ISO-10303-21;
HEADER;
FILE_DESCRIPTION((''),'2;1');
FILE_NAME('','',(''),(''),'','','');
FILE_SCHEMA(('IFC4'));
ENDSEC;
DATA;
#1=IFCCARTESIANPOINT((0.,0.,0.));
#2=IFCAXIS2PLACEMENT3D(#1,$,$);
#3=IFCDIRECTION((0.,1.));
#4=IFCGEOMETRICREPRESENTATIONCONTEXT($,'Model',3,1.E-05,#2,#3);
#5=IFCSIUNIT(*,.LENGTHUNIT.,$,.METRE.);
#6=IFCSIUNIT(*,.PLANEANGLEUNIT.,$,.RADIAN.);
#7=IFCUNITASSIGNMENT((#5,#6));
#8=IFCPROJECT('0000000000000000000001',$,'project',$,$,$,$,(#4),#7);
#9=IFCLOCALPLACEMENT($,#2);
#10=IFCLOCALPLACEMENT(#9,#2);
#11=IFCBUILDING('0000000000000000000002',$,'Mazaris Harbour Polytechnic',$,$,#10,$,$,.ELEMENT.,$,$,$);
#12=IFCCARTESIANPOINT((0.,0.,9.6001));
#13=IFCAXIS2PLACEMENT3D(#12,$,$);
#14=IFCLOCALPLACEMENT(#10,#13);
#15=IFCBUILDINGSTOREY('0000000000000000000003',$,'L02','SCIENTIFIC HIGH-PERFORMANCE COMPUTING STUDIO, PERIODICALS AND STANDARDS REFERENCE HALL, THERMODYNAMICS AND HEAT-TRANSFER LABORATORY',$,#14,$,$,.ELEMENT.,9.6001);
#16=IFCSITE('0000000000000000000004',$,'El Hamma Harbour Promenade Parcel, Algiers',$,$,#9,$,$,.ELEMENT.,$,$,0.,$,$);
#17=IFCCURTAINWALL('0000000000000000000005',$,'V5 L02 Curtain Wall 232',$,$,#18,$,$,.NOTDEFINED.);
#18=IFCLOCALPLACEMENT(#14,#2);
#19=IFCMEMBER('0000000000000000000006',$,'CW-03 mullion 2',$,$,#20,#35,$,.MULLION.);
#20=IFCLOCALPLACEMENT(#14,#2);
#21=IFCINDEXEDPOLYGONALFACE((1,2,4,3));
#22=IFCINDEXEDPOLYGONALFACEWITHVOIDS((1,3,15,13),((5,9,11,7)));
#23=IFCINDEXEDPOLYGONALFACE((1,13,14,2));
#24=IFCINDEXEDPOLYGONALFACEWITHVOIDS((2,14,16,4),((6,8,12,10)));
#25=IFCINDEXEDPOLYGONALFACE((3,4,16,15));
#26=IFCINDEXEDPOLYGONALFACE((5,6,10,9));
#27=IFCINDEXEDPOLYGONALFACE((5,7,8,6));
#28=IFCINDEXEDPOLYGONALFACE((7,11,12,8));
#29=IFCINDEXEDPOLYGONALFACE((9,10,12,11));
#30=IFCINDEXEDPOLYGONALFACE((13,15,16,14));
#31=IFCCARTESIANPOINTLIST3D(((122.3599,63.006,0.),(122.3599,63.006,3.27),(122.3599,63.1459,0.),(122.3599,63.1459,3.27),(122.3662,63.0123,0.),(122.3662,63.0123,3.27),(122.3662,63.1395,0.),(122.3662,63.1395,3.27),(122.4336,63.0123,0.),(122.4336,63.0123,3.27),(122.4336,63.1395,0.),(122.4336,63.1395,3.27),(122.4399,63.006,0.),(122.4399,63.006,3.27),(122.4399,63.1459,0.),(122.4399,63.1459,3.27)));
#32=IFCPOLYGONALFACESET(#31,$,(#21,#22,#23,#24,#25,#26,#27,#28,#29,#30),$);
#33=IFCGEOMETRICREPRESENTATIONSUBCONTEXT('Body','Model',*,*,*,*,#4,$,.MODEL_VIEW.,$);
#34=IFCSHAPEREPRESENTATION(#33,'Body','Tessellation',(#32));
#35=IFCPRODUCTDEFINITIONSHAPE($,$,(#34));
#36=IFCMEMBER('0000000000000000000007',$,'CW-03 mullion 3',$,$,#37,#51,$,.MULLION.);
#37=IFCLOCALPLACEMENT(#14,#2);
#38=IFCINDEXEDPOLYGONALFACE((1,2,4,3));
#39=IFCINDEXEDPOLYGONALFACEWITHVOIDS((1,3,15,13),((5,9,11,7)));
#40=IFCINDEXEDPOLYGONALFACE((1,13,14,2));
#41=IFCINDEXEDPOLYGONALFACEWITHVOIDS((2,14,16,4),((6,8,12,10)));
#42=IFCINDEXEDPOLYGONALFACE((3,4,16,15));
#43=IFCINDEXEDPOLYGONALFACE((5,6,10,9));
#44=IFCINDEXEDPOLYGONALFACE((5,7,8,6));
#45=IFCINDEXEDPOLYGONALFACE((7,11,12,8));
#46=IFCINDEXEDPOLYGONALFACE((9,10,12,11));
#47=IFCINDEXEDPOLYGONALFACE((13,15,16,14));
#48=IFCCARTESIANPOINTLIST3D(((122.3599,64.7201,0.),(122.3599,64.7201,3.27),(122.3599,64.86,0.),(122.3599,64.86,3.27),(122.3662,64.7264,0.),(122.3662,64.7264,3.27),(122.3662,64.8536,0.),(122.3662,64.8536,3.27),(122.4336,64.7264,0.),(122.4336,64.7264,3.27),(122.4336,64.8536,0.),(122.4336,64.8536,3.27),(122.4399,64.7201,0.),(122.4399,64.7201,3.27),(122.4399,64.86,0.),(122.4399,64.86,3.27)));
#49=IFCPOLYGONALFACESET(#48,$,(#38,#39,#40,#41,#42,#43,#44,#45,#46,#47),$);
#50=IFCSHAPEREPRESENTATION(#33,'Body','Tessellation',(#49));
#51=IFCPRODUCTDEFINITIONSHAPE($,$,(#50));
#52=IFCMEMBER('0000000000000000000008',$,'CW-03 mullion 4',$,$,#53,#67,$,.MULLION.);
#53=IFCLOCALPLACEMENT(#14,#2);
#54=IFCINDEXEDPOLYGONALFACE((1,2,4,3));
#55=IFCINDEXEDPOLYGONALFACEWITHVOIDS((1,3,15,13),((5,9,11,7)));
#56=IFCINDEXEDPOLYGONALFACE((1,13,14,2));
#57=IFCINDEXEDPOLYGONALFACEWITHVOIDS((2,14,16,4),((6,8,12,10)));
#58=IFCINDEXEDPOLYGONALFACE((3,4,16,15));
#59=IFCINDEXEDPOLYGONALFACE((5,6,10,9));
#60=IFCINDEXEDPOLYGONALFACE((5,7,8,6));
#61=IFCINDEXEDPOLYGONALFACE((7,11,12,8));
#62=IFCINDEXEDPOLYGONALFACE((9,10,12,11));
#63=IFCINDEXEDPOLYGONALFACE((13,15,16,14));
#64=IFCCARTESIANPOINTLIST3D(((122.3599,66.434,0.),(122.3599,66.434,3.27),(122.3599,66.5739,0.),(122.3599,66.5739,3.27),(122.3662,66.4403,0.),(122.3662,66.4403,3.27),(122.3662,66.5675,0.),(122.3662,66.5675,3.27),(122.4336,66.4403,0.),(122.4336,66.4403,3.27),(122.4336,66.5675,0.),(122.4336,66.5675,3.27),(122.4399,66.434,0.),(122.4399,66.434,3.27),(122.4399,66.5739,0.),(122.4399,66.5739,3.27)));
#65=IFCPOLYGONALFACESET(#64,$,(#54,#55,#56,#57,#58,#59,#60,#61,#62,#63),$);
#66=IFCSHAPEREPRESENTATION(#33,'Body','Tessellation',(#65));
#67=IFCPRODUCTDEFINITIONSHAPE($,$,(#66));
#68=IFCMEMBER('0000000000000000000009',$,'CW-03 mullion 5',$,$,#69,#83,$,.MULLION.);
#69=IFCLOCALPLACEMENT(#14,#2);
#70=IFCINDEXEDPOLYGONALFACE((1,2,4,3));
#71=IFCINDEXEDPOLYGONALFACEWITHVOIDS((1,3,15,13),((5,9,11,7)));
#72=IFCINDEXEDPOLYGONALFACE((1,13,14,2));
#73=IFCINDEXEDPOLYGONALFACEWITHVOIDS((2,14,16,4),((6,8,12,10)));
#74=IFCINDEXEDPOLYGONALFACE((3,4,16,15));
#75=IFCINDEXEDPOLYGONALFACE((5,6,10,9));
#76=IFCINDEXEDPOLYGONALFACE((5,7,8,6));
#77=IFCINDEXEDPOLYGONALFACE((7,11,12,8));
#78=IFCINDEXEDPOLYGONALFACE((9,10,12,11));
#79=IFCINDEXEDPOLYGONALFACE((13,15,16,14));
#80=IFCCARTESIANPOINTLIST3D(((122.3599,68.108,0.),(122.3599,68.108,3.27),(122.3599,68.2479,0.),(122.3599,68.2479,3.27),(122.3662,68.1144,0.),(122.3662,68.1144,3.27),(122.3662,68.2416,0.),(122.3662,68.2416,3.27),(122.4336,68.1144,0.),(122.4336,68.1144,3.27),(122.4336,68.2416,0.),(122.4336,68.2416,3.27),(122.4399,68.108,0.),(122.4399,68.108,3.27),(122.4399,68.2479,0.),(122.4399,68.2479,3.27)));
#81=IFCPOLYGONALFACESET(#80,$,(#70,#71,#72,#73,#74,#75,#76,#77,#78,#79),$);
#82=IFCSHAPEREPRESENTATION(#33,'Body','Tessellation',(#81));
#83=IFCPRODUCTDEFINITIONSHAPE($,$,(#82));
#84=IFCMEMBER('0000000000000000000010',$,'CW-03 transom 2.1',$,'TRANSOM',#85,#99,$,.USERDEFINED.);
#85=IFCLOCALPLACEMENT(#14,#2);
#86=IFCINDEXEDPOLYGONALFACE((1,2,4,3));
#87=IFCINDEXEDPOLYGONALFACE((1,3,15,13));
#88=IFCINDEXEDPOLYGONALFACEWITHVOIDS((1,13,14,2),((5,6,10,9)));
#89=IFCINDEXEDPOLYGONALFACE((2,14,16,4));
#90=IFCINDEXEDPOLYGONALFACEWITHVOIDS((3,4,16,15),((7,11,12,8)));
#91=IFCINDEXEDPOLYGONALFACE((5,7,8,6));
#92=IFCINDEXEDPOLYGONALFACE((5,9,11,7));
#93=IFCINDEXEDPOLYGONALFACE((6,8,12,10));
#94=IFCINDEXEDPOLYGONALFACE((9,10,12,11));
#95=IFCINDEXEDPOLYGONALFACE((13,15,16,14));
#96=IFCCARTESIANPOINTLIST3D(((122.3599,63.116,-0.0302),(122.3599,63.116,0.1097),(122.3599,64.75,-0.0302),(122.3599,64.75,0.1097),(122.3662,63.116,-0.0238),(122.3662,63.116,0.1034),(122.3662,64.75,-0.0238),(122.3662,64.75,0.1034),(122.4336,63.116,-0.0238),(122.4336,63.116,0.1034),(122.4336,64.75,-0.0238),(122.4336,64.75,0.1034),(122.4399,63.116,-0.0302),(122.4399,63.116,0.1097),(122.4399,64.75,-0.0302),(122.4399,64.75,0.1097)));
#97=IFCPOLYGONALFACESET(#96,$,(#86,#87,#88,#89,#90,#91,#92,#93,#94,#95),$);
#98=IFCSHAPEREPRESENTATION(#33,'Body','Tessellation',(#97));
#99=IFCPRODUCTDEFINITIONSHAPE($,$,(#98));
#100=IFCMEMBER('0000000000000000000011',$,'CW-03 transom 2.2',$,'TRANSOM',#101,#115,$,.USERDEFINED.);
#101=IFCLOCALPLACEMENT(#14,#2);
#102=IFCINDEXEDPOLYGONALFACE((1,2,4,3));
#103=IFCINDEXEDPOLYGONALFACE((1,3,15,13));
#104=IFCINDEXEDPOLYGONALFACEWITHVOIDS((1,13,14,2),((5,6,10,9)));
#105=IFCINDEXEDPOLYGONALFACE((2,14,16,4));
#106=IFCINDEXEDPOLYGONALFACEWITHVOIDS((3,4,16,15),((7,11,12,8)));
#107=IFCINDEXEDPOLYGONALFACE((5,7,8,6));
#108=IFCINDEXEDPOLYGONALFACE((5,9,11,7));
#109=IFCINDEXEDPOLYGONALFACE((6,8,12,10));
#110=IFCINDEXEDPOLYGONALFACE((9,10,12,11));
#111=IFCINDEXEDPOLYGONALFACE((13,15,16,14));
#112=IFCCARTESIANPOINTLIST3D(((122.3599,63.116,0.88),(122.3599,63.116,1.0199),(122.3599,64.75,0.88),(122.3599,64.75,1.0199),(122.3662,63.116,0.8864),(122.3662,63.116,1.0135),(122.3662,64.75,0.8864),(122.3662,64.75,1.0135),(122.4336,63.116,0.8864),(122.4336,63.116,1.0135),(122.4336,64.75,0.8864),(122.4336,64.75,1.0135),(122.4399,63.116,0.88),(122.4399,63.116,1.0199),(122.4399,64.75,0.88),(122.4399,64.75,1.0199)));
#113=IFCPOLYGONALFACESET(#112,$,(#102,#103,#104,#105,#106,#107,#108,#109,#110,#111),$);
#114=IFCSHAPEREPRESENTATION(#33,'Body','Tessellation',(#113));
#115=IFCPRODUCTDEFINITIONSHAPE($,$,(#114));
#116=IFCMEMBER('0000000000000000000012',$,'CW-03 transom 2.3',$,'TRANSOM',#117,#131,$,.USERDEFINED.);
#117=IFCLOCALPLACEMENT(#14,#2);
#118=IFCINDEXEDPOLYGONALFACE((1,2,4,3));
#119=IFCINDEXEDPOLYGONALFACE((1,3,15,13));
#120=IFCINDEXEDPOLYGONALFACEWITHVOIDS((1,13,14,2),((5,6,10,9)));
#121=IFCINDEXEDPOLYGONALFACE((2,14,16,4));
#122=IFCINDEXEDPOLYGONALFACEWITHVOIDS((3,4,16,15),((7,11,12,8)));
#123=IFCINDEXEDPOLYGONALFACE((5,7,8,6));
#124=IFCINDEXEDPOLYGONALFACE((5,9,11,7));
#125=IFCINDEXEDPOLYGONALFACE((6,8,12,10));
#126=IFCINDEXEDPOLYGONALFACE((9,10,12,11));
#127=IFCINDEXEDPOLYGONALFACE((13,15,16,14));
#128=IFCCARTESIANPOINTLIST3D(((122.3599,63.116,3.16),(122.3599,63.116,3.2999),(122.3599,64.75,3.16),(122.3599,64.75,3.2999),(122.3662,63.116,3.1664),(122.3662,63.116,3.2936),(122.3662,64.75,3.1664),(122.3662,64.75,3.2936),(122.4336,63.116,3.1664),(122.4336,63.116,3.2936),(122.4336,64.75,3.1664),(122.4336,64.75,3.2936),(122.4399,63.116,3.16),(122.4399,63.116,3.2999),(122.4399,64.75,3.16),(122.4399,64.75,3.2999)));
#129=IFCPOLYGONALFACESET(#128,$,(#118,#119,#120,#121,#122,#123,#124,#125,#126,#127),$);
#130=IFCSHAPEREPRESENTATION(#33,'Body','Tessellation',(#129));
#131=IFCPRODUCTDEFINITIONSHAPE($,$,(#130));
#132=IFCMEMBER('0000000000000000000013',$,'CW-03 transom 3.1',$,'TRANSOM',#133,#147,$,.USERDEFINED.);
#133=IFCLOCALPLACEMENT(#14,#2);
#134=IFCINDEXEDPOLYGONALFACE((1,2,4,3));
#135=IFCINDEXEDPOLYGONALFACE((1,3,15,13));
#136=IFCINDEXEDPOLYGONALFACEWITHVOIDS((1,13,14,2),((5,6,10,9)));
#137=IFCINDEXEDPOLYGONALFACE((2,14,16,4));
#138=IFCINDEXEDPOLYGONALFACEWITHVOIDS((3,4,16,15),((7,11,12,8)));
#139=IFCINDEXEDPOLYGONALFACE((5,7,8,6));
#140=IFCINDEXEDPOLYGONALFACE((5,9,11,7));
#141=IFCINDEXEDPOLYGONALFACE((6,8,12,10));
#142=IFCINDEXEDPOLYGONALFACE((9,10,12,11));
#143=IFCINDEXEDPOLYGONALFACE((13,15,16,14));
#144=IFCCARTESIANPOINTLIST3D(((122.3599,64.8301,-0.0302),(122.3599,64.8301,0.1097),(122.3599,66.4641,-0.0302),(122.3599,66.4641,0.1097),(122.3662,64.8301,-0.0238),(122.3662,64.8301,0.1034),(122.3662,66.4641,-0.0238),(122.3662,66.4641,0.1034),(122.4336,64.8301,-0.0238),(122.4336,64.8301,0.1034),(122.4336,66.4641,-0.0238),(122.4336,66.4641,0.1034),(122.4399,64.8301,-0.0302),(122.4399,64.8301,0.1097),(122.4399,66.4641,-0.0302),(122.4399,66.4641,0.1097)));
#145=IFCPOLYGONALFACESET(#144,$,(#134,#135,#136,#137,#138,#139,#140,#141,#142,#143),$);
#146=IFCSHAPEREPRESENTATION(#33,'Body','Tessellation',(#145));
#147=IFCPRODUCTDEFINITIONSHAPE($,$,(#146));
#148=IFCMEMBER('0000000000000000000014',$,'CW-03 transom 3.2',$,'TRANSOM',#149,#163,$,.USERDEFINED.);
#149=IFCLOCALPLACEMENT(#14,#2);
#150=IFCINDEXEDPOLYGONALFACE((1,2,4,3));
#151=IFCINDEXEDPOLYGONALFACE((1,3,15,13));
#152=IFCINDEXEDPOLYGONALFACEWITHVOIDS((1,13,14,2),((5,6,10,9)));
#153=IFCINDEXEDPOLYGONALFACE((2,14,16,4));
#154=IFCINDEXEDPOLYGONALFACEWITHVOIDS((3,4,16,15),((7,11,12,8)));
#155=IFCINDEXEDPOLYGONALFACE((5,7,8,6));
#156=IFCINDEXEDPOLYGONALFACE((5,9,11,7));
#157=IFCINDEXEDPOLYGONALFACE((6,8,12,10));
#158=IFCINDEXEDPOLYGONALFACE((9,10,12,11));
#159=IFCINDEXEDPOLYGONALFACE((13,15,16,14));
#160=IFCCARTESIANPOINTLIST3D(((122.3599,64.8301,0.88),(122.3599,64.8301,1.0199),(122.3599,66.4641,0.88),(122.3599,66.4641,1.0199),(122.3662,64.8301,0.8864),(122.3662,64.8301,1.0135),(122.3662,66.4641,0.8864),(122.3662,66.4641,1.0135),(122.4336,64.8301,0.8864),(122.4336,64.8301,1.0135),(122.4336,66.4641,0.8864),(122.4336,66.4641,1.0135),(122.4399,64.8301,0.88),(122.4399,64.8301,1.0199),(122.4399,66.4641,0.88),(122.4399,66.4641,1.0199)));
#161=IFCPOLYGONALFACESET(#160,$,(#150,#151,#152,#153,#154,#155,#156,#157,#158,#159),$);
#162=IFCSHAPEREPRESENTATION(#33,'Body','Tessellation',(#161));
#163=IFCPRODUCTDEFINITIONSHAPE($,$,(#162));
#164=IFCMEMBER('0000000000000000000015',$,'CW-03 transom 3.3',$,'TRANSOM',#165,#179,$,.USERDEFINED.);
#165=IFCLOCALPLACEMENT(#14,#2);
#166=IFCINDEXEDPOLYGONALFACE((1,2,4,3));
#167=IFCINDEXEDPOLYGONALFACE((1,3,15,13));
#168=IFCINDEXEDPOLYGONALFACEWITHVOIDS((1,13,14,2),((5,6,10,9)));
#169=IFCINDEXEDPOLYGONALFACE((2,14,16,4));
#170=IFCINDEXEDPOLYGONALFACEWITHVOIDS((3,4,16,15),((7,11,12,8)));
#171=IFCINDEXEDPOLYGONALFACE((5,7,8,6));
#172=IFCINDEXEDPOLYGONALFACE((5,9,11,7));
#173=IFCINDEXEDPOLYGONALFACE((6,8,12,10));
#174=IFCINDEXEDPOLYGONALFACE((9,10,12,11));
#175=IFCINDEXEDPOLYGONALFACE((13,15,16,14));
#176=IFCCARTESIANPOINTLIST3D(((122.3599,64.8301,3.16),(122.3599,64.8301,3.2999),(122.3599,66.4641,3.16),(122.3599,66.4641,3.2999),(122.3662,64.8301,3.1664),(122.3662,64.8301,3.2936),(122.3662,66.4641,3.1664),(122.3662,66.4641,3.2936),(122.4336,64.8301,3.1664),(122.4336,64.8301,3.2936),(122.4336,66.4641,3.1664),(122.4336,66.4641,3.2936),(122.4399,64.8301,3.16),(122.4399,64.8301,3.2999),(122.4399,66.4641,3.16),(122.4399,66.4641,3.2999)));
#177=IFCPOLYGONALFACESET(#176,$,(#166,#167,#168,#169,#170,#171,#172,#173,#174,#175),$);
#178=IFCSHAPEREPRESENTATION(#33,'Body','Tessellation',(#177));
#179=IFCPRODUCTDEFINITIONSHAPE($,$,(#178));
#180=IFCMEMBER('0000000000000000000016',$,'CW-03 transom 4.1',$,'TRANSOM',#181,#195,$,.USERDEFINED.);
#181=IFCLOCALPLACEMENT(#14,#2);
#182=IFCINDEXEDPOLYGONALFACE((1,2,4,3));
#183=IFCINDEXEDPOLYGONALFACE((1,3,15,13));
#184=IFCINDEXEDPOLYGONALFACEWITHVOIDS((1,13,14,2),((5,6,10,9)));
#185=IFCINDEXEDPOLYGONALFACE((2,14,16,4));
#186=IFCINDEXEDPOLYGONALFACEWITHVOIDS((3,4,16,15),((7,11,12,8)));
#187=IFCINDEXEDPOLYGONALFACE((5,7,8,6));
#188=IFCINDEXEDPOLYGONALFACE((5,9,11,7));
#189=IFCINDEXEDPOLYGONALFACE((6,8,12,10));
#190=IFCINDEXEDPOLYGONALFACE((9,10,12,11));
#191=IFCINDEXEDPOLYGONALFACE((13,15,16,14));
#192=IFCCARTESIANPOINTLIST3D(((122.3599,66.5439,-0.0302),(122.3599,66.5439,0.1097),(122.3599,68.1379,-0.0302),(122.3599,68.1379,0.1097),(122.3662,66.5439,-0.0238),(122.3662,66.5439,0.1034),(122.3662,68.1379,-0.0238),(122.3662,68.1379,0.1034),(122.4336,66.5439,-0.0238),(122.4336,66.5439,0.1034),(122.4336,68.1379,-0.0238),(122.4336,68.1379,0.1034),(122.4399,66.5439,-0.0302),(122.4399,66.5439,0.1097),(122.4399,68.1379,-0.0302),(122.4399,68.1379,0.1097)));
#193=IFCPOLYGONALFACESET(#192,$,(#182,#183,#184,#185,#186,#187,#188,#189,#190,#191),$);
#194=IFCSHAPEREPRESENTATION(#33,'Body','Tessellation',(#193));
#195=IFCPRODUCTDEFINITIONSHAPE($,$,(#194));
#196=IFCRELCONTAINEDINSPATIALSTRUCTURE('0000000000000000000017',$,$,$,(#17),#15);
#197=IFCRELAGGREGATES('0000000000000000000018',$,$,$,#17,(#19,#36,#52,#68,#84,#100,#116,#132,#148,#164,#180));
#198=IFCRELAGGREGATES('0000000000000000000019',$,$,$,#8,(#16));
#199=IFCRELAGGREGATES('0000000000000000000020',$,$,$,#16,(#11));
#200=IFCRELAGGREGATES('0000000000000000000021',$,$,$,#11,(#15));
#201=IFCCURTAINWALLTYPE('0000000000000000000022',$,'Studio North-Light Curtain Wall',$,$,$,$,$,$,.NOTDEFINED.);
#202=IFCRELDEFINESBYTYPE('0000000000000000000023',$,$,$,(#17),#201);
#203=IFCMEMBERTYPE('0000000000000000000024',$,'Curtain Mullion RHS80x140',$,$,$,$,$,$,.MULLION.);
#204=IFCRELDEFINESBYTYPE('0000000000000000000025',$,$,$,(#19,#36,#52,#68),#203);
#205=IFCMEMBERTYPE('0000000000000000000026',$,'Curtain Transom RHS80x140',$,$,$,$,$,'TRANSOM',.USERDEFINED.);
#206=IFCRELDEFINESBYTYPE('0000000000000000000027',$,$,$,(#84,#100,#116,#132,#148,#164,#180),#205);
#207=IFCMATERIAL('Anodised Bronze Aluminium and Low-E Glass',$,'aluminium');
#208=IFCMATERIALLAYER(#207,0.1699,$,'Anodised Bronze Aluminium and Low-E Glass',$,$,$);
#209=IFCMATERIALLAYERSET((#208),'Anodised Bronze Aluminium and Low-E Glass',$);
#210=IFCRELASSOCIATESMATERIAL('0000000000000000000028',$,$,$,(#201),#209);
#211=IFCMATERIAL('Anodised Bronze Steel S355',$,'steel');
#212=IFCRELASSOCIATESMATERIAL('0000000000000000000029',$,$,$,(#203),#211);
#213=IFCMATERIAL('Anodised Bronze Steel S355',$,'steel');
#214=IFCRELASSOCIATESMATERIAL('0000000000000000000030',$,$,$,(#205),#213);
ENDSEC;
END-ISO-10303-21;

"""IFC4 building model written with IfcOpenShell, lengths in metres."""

from ifc_helpers import new_model, si_unit, direction, frame, origin, origin_2d, place, context, subcontext, project, spatial, hollow_rectangle, extrude, material, layer, layer_set, material_profile, profile_set, type_object, element, aggregate, save


model = new_model("IFC4")

# Units and contexts
model_context = context("Model", 3, precision=1e-05, world=origin(), true_north=direction((0.0, 1.0)))
body_context = subcontext(model_context, "Body", "Model", "MODEL_VIEW")
ifc_project = project(units=[si_unit("LENGTHUNIT", "METRE"), si_unit("PLANEANGLEUNIT", "RADIAN")], contexts=[model_context])

# Site, building, storey
site_placement = place(None, origin())
site = spatial("IfcSite", under=ifc_project, at=site_placement, Name="El Hamma Harbour Promenade Parcel, Algiers", CompositionType="ELEMENT", RefElevation=0.0)
building_placement = place(site_placement, origin())
building = spatial("IfcBuilding", under=site, at=building_placement, Name="Mazaris Harbour Polytechnic", CompositionType="ELEMENT")
storey_placement = place(building_placement, frame((0.0, 0.0, 9.6001)))
storey = spatial("IfcBuildingStorey", under=building, at=storey_placement, Name="L02", Description="SCIENTIFIC HIGH-PERFORMANCE COMPUTING STUDIO, PERIODICALS AND STANDARDS REFERENCE HALL, THERMODYNAMICS AND HEAT-TRANSFER LABORATORY", CompositionType="ELEMENT", Elevation=9.6001)

# Curtain wall, members
ifc_material_1 = material(Name="Anodised Bronze Aluminium and Low-E Glass", Category="aluminium")
ifc_layer_1 = layer(ifc_material_1, 0.1699, Name="Anodised Bronze Aluminium and Low-E Glass")
ifc_layer_set_1 = layer_set([ifc_layer_1], Name="Anodised Bronze Aluminium and Low-E Glass")
curtain_wall_type = type_object("IfcCurtainWallType", Name="Studio North-Light Curtain Wall", PredefinedType="NOTDEFINED", material=ifc_layer_set_1)
curtain_wall_placement = place(storey_placement, origin())
curtain_wall = element("IfcCurtainWall", 1, at=curtain_wall_placement, inside=storey, type_object=curtain_wall_type, Name="V5 L02 Curtain Wall 232", PredefinedType="NOTDEFINED")
ifc_material_2 = material(Name="Anodised Bronze Steel S355", Category="steel")
ifc_material_profile_1 = material_profile(ifc_material_2, hollow_rectangle(XDim=0.0801, YDim=0.1399, WallThickness=0.0063, at=origin_2d()), Name="RHS 80x140x6.3")
ifc_profile_set_1 = profile_set([ifc_material_profile_1], Name="Anodised Bronze Steel S355")
member_type_1 = type_object("IfcMemberType", Name="Curtain Mullion RHS80x140", PredefinedType="MULLION", material=ifc_profile_set_1)
member_1_placement = place(storey_placement, frame((122.3999, 63.0759, 0.0), z_axis=(0.0, 0.0, 1.0), x_axis=(-1.0, 0.0, 0.0)))
member_1 = element("IfcMember", 2, at=member_1_placement, type_object=member_type_1, Name="CW-03 mullion 2", PredefinedType="MULLION", context=body_context, shape_type="SweptSolid", body=[
    extrude(hollow_rectangle(XDim=0.0801, YDim=0.1399, WallThickness=0.0063, at=origin_2d()), origin(), (0.0, 0.0, 1.0), 3.27),
])
member_2_placement = place(storey_placement, frame((122.3999, 64.79, 0.0), z_axis=(0.0, 0.0, 1.0), x_axis=(-1.0, 0.0, 0.0)))
member_2 = element("IfcMember", 3, at=member_2_placement, type_object=member_type_1, Name="CW-03 mullion 3", PredefinedType="MULLION", context=body_context, shape_type="SweptSolid", body=[
    extrude(hollow_rectangle(XDim=0.0801, YDim=0.1399, WallThickness=0.0063, at=origin_2d()), origin(), (0.0, 0.0, 1.0), 3.27),
])
member_3_placement = place(storey_placement, frame((122.3999, 66.5039, 0.0), z_axis=(0.0, 0.0, 1.0), x_axis=(-1.0, 0.0, 0.0)))
member_3 = element("IfcMember", 4, at=member_3_placement, type_object=member_type_1, Name="CW-03 mullion 4", PredefinedType="MULLION", context=body_context, shape_type="SweptSolid", body=[
    extrude(hollow_rectangle(XDim=0.0801, YDim=0.1399, WallThickness=0.0063, at=origin_2d()), origin(), (0.0, 0.0, 1.0), 3.27),
])
member_4_placement = place(storey_placement, frame((122.3999, 68.178, 0.0), z_axis=(0.0, 0.0, 1.0), x_axis=(-1.0, 0.0, 0.0)))
member_4 = element("IfcMember", 5, at=member_4_placement, type_object=member_type_1, Name="CW-03 mullion 5", PredefinedType="MULLION", context=body_context, shape_type="SweptSolid", body=[
    extrude(hollow_rectangle(XDim=0.0801, YDim=0.1399, WallThickness=0.0063, at=origin_2d()), origin(), (0.0, 0.0, 1.0), 3.27),
])
ifc_material_3 = material(Name="Anodised Bronze Steel S355", Category="steel")
ifc_material_profile_2 = material_profile(ifc_material_3, hollow_rectangle(XDim=0.0801, YDim=0.1399, WallThickness=0.0063, at=origin_2d()), Name="RHS 80x140x6.3")
ifc_profile_set_2 = profile_set([ifc_material_profile_2], Name="Anodised Bronze Steel S355")
member_type_2 = type_object("IfcMemberType", Name="Curtain Transom RHS80x140", ElementType="TRANSOM", PredefinedType="USERDEFINED", material=ifc_profile_set_2)
member_5_placement = place(storey_placement, frame((122.3999, 63.116, 0.0398), z_axis=(0.0, 1.0, 0.0), x_axis=(-1.0, 0.0, 0.0)))
member_5 = element("IfcMember", 6, at=member_5_placement, type_object=member_type_2, Name="CW-03 transom 2.1", ObjectType="TRANSOM", PredefinedType="USERDEFINED", context=body_context, shape_type="SweptSolid", body=[
    extrude(hollow_rectangle(XDim=0.0801, YDim=0.1399, WallThickness=0.0063, at=origin_2d()), origin(), (0.0, 0.0, 1.0), 1.634),
])
member_6_placement = place(storey_placement, frame((122.3999, 63.116, 0.95), z_axis=(0.0, 1.0, 0.0), x_axis=(-1.0, 0.0, 0.0)))
member_6 = element("IfcMember", 7, at=member_6_placement, type_object=member_type_2, Name="CW-03 transom 2.2", ObjectType="TRANSOM", PredefinedType="USERDEFINED", context=body_context, shape_type="SweptSolid", body=[
    extrude(hollow_rectangle(XDim=0.0801, YDim=0.1399, WallThickness=0.0063, at=origin_2d()), origin(), (0.0, 0.0, 1.0), 1.634),
])
member_7_placement = place(storey_placement, frame((122.3999, 63.116, 3.23), z_axis=(0.0, 1.0, 0.0), x_axis=(-1.0, 0.0, 0.0)))
member_7 = element("IfcMember", 8, at=member_7_placement, type_object=member_type_2, Name="CW-03 transom 2.3", ObjectType="TRANSOM", PredefinedType="USERDEFINED", context=body_context, shape_type="SweptSolid", body=[
    extrude(hollow_rectangle(XDim=0.0801, YDim=0.1399, WallThickness=0.0063, at=origin_2d()), origin(), (0.0, 0.0, 1.0), 1.634),
])
member_8_placement = place(storey_placement, frame((122.3999, 64.8301, 0.0398), z_axis=(0.0, 1.0, 0.0), x_axis=(-1.0, 0.0, 0.0)))
member_8 = element("IfcMember", 9, at=member_8_placement, type_object=member_type_2, Name="CW-03 transom 3.1", ObjectType="TRANSOM", PredefinedType="USERDEFINED", context=body_context, shape_type="SweptSolid", body=[
    extrude(hollow_rectangle(XDim=0.0801, YDim=0.1399, WallThickness=0.0063, at=origin_2d()), origin(), (0.0, 0.0, 1.0), 1.634),
])
member_9_placement = place(storey_placement, frame((122.3999, 64.8301, 0.95), z_axis=(0.0, 1.0, 0.0), x_axis=(-1.0, 0.0, 0.0)))
member_9 = element("IfcMember", 10, at=member_9_placement, type_object=member_type_2, Name="CW-03 transom 3.2", ObjectType="TRANSOM", PredefinedType="USERDEFINED", context=body_context, shape_type="SweptSolid", body=[
    extrude(hollow_rectangle(XDim=0.0801, YDim=0.1399, WallThickness=0.0063, at=origin_2d()), origin(), (0.0, 0.0, 1.0), 1.634),
])
member_10_placement = place(storey_placement, frame((122.3999, 64.8301, 3.23), z_axis=(0.0, 1.0, 0.0), x_axis=(-1.0, 0.0, 0.0)))
member_10 = element("IfcMember", 11, at=member_10_placement, type_object=member_type_2, Name="CW-03 transom 3.3", ObjectType="TRANSOM", PredefinedType="USERDEFINED", context=body_context, shape_type="SweptSolid", body=[
    extrude(hollow_rectangle(XDim=0.0801, YDim=0.1399, WallThickness=0.0063, at=origin_2d()), origin(), (0.0, 0.0, 1.0), 1.634),
])
member_11_placement = place(storey_placement, frame((122.3999, 66.5439, 0.0398), z_axis=(0.0, 1.0, 0.0), x_axis=(-1.0, 0.0, 0.0)))
member_11 = element("IfcMember", 12, at=member_11_placement, type_object=member_type_2, Name="CW-03 transom 4.1", ObjectType="TRANSOM", PredefinedType="USERDEFINED", context=body_context, shape_type="SweptSolid", body=[
    extrude(hollow_rectangle(XDim=0.0801, YDim=0.1399, WallThickness=0.0063, at=origin_2d()), origin(), (0.0, 0.0, 1.0), 1.594),
])
aggregate(curtain_wall, [member_1, member_2, member_3, member_4, member_5, member_6, member_7, member_8, member_9, member_10, member_11])

save(model, "model.ifc")
